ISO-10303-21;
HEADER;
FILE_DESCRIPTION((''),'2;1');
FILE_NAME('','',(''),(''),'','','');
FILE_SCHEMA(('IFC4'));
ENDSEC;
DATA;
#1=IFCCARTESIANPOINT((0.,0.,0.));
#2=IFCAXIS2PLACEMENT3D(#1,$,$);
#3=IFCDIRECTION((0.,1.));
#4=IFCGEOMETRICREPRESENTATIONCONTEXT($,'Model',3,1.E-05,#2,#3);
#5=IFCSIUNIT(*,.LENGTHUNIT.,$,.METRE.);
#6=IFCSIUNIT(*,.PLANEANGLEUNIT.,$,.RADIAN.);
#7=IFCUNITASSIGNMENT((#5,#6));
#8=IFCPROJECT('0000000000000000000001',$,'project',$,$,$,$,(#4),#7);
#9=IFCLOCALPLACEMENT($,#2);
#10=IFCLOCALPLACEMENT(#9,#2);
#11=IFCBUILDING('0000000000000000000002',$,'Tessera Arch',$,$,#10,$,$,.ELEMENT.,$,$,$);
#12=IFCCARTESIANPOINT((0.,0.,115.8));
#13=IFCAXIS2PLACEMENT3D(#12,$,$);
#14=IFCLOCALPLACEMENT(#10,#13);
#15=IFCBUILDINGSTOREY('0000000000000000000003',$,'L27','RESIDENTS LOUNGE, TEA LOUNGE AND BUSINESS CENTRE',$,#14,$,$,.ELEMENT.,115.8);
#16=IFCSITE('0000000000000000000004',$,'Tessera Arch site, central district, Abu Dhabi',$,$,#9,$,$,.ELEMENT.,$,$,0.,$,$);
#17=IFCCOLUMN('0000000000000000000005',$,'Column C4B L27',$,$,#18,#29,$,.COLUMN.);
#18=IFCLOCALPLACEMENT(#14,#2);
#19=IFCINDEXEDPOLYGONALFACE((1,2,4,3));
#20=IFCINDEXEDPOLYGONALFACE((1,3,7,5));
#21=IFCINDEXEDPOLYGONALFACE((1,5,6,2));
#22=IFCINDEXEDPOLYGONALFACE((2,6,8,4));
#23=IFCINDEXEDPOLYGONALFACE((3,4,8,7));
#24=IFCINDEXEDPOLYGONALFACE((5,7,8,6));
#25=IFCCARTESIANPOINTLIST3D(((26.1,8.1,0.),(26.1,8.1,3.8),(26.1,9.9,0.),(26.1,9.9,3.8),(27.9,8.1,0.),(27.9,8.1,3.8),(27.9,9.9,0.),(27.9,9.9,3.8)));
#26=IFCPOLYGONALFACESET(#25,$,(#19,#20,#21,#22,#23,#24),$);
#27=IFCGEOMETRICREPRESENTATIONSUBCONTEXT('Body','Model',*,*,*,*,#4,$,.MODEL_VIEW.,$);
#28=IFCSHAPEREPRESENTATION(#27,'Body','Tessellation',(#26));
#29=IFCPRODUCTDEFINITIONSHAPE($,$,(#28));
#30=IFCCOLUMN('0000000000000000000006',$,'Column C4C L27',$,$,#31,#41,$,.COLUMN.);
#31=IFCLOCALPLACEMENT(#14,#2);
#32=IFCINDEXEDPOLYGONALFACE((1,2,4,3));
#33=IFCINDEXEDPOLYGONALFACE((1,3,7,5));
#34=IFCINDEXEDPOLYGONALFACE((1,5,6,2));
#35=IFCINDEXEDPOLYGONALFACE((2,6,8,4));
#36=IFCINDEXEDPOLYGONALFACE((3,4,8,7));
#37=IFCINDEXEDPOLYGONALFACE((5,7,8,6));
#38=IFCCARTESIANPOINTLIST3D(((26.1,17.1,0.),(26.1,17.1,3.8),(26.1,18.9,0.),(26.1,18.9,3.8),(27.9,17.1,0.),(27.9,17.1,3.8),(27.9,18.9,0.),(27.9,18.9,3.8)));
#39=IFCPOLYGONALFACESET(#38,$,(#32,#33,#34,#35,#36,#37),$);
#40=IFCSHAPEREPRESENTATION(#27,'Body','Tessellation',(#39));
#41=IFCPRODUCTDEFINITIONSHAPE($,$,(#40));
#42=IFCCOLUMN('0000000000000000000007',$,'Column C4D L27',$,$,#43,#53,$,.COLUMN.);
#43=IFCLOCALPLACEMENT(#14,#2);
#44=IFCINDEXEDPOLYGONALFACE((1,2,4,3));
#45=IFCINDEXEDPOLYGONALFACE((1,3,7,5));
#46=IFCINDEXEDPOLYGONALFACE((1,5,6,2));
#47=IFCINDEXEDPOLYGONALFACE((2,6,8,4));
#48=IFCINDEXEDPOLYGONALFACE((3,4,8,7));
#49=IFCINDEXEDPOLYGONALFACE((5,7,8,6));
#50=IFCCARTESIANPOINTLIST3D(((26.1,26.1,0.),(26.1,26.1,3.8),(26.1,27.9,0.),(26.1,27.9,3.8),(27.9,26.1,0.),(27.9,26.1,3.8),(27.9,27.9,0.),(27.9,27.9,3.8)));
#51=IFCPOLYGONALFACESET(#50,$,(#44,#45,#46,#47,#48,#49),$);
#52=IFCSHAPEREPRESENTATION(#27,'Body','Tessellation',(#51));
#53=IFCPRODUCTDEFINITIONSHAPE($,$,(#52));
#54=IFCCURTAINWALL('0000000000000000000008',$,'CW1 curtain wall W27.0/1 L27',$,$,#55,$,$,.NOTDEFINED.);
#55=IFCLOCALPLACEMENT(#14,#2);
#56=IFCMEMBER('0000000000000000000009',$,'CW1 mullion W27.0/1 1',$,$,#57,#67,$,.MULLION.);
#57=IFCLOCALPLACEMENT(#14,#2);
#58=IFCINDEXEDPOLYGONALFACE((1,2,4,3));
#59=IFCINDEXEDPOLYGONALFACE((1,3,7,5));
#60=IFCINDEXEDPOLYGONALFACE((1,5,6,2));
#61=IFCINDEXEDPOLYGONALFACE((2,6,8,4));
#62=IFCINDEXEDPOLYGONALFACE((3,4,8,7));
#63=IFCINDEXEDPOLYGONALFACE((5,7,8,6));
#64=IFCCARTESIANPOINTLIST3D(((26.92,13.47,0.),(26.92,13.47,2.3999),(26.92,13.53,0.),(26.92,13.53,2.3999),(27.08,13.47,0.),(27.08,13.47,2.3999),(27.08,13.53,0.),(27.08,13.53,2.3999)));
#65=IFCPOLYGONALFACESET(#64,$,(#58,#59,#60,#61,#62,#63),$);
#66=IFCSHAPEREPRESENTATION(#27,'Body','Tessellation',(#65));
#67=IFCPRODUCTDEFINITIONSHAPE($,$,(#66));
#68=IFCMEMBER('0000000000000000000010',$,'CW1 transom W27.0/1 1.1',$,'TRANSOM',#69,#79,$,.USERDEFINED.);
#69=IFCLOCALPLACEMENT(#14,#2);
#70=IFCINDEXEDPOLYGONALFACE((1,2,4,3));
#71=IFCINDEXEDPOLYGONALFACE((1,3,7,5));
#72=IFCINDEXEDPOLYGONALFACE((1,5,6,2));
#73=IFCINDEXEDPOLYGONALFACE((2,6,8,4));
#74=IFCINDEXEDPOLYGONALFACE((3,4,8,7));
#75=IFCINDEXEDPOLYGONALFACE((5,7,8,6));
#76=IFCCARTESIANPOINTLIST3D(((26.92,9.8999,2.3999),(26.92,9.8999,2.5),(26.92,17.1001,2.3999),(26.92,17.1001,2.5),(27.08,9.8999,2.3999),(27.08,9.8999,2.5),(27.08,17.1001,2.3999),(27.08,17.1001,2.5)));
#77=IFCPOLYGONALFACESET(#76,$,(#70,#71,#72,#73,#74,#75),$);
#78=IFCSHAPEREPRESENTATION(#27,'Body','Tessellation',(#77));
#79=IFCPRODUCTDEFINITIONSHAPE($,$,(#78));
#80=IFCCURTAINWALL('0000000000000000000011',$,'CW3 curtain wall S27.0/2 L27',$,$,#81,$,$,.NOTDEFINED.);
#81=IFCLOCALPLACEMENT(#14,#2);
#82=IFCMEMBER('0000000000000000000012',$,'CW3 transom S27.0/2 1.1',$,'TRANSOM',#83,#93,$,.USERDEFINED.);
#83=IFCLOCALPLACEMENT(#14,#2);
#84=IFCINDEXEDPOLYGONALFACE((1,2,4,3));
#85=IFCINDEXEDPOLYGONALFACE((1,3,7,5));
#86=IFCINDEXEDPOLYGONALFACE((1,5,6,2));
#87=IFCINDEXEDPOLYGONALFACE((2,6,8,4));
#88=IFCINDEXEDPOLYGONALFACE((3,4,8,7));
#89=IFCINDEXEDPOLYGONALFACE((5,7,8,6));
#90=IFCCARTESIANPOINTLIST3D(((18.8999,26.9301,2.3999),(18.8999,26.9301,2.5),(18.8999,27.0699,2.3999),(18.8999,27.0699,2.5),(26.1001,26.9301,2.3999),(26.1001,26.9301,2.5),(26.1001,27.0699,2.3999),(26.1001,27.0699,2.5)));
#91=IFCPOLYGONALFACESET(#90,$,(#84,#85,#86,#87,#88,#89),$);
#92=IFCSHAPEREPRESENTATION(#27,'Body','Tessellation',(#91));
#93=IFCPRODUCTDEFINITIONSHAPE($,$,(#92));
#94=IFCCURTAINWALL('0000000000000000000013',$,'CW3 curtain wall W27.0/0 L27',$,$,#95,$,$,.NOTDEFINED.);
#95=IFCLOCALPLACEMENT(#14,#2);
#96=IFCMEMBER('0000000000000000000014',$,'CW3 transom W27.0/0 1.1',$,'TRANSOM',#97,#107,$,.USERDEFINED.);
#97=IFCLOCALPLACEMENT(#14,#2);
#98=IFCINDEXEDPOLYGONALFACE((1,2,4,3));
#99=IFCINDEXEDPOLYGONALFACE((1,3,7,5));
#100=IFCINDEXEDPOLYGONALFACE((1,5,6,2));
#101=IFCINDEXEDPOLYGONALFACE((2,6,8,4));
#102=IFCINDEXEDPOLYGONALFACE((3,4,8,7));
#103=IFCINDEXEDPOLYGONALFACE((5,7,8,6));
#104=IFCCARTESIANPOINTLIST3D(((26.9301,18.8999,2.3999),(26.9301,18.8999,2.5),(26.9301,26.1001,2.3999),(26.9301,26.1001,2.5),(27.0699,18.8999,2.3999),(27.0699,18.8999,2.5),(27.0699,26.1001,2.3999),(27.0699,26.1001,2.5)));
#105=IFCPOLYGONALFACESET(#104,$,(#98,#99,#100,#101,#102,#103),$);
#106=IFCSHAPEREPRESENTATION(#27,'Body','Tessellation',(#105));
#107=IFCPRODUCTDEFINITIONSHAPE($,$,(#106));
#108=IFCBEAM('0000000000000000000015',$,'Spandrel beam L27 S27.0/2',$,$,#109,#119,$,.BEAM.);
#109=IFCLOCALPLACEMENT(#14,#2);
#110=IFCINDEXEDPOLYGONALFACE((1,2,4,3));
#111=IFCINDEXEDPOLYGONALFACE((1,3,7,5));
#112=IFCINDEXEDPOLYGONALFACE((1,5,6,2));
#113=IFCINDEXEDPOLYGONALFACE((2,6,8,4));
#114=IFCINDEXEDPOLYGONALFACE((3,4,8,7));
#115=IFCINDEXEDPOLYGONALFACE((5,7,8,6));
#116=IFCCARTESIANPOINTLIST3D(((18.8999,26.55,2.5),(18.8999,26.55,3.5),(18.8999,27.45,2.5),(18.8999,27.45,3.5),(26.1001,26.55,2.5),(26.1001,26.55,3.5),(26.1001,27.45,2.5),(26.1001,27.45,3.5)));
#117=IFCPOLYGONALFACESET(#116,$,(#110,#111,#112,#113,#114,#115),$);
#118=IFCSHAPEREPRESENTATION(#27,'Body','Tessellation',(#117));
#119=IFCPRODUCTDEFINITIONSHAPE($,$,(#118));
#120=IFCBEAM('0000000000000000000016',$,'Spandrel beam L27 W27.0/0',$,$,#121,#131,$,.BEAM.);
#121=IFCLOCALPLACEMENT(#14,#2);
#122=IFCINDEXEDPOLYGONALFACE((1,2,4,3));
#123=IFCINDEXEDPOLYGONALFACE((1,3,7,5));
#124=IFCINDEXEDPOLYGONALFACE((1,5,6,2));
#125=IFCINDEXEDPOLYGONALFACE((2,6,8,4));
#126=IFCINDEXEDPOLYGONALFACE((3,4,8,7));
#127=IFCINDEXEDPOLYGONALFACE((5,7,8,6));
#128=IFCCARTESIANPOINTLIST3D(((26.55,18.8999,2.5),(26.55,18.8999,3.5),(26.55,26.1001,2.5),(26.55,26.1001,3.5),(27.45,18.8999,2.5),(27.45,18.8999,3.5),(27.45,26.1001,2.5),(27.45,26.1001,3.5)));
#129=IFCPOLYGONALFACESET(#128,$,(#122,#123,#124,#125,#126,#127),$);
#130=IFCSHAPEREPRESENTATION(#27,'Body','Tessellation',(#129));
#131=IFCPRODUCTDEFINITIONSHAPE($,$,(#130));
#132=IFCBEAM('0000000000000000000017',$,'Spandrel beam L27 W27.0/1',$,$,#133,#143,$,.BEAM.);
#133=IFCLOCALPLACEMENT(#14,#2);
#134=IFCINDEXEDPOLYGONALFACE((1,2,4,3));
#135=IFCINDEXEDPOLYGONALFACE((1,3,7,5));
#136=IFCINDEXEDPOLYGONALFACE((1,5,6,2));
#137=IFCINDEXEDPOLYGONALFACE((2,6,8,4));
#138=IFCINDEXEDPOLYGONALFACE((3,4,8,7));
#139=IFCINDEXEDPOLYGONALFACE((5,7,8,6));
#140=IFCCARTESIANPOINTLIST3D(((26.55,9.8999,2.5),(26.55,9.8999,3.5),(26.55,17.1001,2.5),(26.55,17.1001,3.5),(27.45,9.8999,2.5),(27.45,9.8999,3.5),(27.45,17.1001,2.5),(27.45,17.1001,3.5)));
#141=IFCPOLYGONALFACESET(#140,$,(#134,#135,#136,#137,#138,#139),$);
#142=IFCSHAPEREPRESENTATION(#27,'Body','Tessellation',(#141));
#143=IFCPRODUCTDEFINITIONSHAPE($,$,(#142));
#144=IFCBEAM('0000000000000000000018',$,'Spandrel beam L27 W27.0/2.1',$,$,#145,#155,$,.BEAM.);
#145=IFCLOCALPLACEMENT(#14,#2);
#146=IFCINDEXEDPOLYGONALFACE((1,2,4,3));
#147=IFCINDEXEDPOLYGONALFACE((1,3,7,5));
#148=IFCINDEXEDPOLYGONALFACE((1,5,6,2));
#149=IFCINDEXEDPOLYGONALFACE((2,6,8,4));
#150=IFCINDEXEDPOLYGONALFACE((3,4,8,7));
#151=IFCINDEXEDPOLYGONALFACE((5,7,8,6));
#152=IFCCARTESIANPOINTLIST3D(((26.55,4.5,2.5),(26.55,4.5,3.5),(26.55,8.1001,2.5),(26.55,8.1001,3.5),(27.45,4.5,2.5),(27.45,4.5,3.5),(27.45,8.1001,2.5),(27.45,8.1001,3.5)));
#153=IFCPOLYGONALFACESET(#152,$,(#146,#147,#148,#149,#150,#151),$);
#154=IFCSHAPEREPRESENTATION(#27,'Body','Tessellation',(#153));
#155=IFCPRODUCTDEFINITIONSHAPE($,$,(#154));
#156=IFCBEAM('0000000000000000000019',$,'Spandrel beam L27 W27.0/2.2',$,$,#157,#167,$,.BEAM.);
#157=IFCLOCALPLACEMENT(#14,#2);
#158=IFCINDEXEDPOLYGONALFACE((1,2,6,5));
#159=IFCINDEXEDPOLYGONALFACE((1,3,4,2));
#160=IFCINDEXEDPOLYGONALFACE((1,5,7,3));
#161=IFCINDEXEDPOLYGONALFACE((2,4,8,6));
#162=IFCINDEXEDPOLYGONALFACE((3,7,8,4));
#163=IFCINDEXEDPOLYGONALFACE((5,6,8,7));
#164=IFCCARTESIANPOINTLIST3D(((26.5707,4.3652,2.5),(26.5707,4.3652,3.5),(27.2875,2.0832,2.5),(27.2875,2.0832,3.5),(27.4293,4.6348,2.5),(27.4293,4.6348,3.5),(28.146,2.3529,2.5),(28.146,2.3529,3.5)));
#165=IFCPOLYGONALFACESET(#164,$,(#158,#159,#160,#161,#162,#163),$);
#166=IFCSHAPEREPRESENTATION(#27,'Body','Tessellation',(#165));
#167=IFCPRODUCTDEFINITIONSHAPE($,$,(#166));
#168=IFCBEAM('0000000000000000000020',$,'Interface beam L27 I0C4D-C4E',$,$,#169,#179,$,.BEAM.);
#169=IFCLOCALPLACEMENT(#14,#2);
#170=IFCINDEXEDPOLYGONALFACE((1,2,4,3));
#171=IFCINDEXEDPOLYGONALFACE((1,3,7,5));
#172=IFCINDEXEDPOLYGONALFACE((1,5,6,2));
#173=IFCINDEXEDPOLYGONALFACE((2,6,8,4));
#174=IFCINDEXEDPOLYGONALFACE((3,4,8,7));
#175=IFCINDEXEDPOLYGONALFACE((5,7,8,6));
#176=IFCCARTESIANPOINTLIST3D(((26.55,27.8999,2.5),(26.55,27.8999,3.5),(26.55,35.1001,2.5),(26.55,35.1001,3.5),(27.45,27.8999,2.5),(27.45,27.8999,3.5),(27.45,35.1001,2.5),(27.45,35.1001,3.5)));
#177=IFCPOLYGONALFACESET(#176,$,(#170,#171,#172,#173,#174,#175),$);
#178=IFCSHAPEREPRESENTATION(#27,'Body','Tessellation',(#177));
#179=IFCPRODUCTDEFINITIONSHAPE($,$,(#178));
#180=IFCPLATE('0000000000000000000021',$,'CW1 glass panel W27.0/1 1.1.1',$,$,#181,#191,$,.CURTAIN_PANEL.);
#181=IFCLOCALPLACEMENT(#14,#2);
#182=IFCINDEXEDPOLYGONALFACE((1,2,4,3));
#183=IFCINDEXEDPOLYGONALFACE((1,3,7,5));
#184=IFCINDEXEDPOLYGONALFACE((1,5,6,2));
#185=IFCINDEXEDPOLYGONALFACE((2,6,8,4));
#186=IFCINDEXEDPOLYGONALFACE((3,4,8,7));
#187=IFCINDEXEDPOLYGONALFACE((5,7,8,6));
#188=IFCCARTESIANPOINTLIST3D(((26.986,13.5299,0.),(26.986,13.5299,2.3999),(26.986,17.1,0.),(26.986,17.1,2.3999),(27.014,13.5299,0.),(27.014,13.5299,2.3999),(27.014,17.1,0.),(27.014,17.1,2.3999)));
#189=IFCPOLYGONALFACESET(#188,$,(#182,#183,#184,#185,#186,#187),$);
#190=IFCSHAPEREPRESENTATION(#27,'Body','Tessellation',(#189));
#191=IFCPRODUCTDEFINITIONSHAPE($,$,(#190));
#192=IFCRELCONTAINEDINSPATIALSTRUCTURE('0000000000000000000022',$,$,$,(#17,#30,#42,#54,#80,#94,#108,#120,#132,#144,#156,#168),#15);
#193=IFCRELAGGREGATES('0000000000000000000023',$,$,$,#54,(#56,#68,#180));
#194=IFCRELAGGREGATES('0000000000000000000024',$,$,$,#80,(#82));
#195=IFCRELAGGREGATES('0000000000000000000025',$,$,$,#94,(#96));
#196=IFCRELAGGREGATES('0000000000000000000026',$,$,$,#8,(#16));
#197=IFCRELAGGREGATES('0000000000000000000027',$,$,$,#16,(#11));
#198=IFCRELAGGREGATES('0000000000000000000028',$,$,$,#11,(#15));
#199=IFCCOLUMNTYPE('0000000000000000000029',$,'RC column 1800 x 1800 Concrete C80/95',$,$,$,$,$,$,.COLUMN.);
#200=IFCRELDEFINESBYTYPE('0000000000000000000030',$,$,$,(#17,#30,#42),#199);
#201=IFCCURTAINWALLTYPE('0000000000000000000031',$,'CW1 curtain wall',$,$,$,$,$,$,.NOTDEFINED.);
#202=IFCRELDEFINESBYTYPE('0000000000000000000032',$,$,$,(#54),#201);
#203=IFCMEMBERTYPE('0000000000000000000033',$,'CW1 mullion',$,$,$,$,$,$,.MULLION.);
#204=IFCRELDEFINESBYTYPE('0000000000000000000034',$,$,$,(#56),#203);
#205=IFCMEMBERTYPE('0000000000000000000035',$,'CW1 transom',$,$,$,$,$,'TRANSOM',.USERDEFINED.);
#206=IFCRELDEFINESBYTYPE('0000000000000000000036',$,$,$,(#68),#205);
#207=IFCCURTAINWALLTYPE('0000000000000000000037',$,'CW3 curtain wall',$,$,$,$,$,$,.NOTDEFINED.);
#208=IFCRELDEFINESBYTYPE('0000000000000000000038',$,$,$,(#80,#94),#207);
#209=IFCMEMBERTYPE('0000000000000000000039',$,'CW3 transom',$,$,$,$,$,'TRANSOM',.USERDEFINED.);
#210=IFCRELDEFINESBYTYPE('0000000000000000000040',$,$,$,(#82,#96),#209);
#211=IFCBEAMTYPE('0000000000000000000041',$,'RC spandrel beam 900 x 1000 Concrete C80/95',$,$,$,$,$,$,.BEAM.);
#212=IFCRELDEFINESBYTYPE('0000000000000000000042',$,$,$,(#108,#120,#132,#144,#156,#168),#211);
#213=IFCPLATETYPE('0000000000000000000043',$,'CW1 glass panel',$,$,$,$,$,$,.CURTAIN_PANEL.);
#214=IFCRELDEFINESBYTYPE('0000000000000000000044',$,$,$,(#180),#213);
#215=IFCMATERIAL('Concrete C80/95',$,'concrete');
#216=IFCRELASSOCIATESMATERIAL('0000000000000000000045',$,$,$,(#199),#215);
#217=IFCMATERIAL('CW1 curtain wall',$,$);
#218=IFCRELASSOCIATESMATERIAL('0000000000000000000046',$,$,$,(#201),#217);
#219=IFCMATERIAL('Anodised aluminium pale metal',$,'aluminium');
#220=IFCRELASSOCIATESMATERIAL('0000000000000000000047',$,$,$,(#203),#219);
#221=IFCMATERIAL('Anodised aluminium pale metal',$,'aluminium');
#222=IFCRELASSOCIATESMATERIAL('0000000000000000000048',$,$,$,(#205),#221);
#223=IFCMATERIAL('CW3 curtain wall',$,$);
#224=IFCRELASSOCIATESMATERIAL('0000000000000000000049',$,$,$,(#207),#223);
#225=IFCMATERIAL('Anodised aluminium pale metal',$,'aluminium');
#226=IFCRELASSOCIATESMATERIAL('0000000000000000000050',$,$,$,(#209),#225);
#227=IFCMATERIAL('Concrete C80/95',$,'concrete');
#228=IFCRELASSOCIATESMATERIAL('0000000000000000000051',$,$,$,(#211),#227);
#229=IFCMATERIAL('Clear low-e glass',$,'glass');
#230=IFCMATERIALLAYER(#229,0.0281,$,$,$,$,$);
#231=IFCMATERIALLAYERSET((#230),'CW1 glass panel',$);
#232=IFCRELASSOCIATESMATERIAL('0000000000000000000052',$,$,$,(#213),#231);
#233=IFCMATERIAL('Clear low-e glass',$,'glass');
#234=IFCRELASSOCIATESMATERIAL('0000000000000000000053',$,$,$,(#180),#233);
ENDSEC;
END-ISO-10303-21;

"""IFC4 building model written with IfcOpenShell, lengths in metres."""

from ifc_helpers import new_model, si_unit, direction, frame, origin, origin_2d, place, context, subcontext, project, spatial, rectangle, extrude, material, layer, layer_set, material_profile, profile_set, type_object, element, aggregate, save


model = new_model("IFC4")

# Units and contexts
model_context = context("Model", 3, precision=1e-05, world=origin(), true_north=direction((0.0, 1.0)))
body_context = subcontext(model_context, "Body", "Model", "MODEL_VIEW")
ifc_project = project(units=[si_unit("LENGTHUNIT", "METRE"), si_unit("PLANEANGLEUNIT", "RADIAN")], contexts=[model_context])

# Site, building, storey
site_placement = place(None, origin())
site = spatial("IfcSite", under=ifc_project, at=site_placement, Name="Tessera Arch site, central district, Abu Dhabi", CompositionType="ELEMENT", RefElevation=0.0)
building_placement = place(site_placement, origin())
building = spatial("IfcBuilding", under=site, at=building_placement, Name="Tessera Arch", CompositionType="ELEMENT")
storey_placement = place(building_placement, frame((0.0, 0.0, 115.8)))
storey = spatial("IfcBuildingStorey", under=building, at=storey_placement, Name="L27", Description="RESIDENTS LOUNGE, TEA LOUNGE AND BUSINESS CENTRE", CompositionType="ELEMENT", Elevation=115.8)

# Columns
ifc_material_1 = material(Name="Concrete C80/95", Category="concrete")
ifc_material_profile_1 = material_profile(ifc_material_1, rectangle(XDim=1.8, YDim=1.8, at=origin_2d()), Name="RC column 1800 x 1800 Concrete C80/95")
ifc_profile_set_1 = profile_set([ifc_material_profile_1], Name="Concrete C80/95")
column_type = type_object("IfcColumnType", Name="RC column 1800 x 1800 Concrete C80/95", PredefinedType="COLUMN", material=ifc_profile_set_1)
for number, where, z_axis, x_axis, name in (
    (1, (27.0, 9.0, 0.0), (0.0, 0.0, 1.0), (1.0, 0.0, 0.0), "Column C4B L27"),
    (2, (27.0, 18.0, 0.0), (0.0, 0.0, 1.0), (1.0, 0.0, 0.0), "Column C4C L27"),
    (3, (27.0, 27.0, 0.0), (0.0, 0.0, 1.0), (1.0, 0.0, 0.0), "Column C4D L27"),
):
    element("IfcColumn", number, at=place(storey_placement, frame(where, z_axis=z_axis, x_axis=x_axis)), inside=storey, type_object=column_type, Name=name, PredefinedType="COLUMN", context=body_context, shape_type="SweptSolid", body=[
        extrude(rectangle(XDim=1.8, YDim=1.8, at=origin_2d()), origin(), (0.0, 0.0, 1.0), 3.8),
    ])

# Curtain wall, members
ifc_material_2 = material(Name="CW1 curtain wall")
curtain_wall_type_1 = type_object("IfcCurtainWallType", Name="CW1 curtain wall", PredefinedType="NOTDEFINED", material=ifc_material_2)
curtain_wall_1_placement = place(storey_placement, origin())
curtain_wall_1 = element("IfcCurtainWall", 4, at=curtain_wall_1_placement, inside=storey, type_object=curtain_wall_type_1, Name="CW1 curtain wall W27.0/1 L27", PredefinedType="NOTDEFINED")
ifc_material_3 = material(Name="Anodised aluminium pale metal", Category="aluminium")
ifc_material_profile_2 = material_profile(ifc_material_3, rectangle(XDim=0.1599, YDim=0.0601, at=origin_2d()), Name="AL 60x160")
ifc_profile_set_2 = profile_set([ifc_material_profile_2], Name="Anodised aluminium pale metal")
member_type_1 = type_object("IfcMemberType", Name="CW1 mullion", PredefinedType="MULLION", material=ifc_profile_set_2)
member_1_placement = place(storey_placement, frame((27.0, 13.5, 0.0), z_axis=(0.0, 0.0, 1.0), x_axis=(1.0, 0.0, 0.0)))
member_1 = element("IfcMember", 5, at=member_1_placement, type_object=member_type_1, Name="CW1 mullion W27.0/1 1", PredefinedType="MULLION", context=body_context, shape_type="SweptSolid", body=[
    extrude(rectangle(XDim=0.1599, YDim=0.0601, at=origin_2d()), origin(), (0.0, 0.0, 1.0), 2.3999),
])
ifc_material_4 = material(Name="Anodised aluminium pale metal", Category="aluminium")
ifc_material_profile_3 = material_profile(ifc_material_4, rectangle(XDim=0.1599, YDim=0.1001, at=origin_2d()), Name="AL 160x100")
ifc_profile_set_3 = profile_set([ifc_material_profile_3], Name="Anodised aluminium pale metal")
member_type_2 = type_object("IfcMemberType", Name="CW1 transom", ElementType="TRANSOM", PredefinedType="USERDEFINED", material=ifc_profile_set_3)
member_2_placement = place(storey_placement, frame((27.0, 17.1001, 2.45), z_axis=(0.0, -1.0, 0.0), x_axis=(1.0, 0.0, 0.0)))
member_2 = element("IfcMember", 6, at=member_2_placement, type_object=member_type_2, Name="CW1 transom W27.0/1 1.1", ObjectType="TRANSOM", PredefinedType="USERDEFINED", context=body_context, shape_type="SweptSolid", body=[
    extrude(rectangle(XDim=0.1599, YDim=0.1001, at=origin_2d()), origin(), (0.0, 0.0, 1.0), 7.2002),
])

# Curtain walls, members
ifc_material_5 = material(Name="CW3 curtain wall")
curtain_wall_type_2 = type_object("IfcCurtainWallType", Name="CW3 curtain wall", PredefinedType="NOTDEFINED", material=ifc_material_5)
curtain_wall_2_placement = place(storey_placement, origin())
curtain_wall_2 = element("IfcCurtainWall", 7, at=curtain_wall_2_placement, inside=storey, type_object=curtain_wall_type_2, Name="CW3 curtain wall S27.0/2 L27", PredefinedType="NOTDEFINED")
ifc_material_6 = material(Name="Anodised aluminium pale metal", Category="aluminium")
ifc_material_profile_4 = material_profile(ifc_material_6, rectangle(XDim=0.1399, YDim=0.1001, at=origin_2d()), Name="AL 140x100")
ifc_profile_set_4 = profile_set([ifc_material_profile_4], Name="Anodised aluminium pale metal")
member_type_3 = type_object("IfcMemberType", Name="CW3 transom", ElementType="TRANSOM", PredefinedType="USERDEFINED", material=ifc_profile_set_4)
member_3_placement = place(storey_placement, frame((18.8999, 27.0, 2.45), z_axis=(1.0, 0.0, 0.0), x_axis=(0.0, 1.0, 0.0)))
member_3 = element("IfcMember", 8, at=member_3_placement, type_object=member_type_3, Name="CW3 transom S27.0/2 1.1", ObjectType="TRANSOM", PredefinedType="USERDEFINED", context=body_context, shape_type="SweptSolid", body=[
    extrude(rectangle(XDim=0.1399, YDim=0.1001, at=origin_2d()), origin(), (0.0, 0.0, 1.0), 7.2002),
])
curtain_wall_3_placement = place(storey_placement, origin())
curtain_wall_3 = element("IfcCurtainWall", 9, at=curtain_wall_3_placement, inside=storey, type_object=curtain_wall_type_2, Name="CW3 curtain wall W27.0/0 L27", PredefinedType="NOTDEFINED")
member_4_placement = place(storey_placement, frame((27.0, 26.1001, 2.45), z_axis=(0.0, -1.0, 0.0), x_axis=(1.0, 0.0, 0.0)))
member_4 = element("IfcMember", 10, at=member_4_placement, type_object=member_type_3, Name="CW3 transom W27.0/0 1.1", ObjectType="TRANSOM", PredefinedType="USERDEFINED", context=body_context, shape_type="SweptSolid", body=[
    extrude(rectangle(XDim=0.1399, YDim=0.1001, at=origin_2d()), origin(), (0.0, 0.0, 1.0), 7.2002),
])

# Beams
ifc_material_7 = material(Name="Concrete C80/95", Category="concrete")
ifc_material_profile_5 = material_profile(ifc_material_7, rectangle(XDim=0.8999, YDim=1.0, at=origin_2d()), Name="RC spandrel beam 900 x 1000 Concrete C80/95")
ifc_profile_set_5 = profile_set([ifc_material_profile_5], Name="Concrete C80/95")
beam_type = type_object("IfcBeamType", Name="RC spandrel beam 900 x 1000 Concrete C80/95", PredefinedType="BEAM", material=ifc_profile_set_5)
for number, where, z_axis, x_axis, name in (
    (11, (18.8999, 27.0, 3.0), (1.0, 0.0, 0.0), (0.0, 1.0, 0.0), "Spandrel beam L27 S27.0/2"),
    (12, (27.0, 26.1001, 3.0), (0.0, -1.0, 0.0), (1.0, 0.0, 0.0), "Spandrel beam L27 W27.0/0"),
    (13, (27.0, 17.1001, 3.0), (0.0, -1.0, 0.0), (1.0, 0.0, 0.0), "Spandrel beam L27 W27.0/1"),
):
    element("IfcBeam", number, at=place(storey_placement, frame(where, z_axis=z_axis, x_axis=x_axis)), inside=storey, type_object=beam_type, Name=name, PredefinedType="BEAM", context=body_context, shape_type="SweptSolid", body=[
        extrude(rectangle(XDim=0.8999, YDim=1.0, at=origin_2d()), origin(), (0.0, 0.0, 1.0), 7.2002),
    ])
beam_1_placement = place(storey_placement, frame((27.0, 8.1001, 3.0), z_axis=(0.0, -1.0, 0.0), x_axis=(1.0, 0.0, 0.0)))
element("IfcBeam", 14, at=beam_1_placement, inside=storey, type_object=beam_type, Name="Spandrel beam L27 W27.0/2.1", PredefinedType="BEAM", context=body_context, shape_type="SweptSolid", body=[
    extrude(rectangle(XDim=0.8999, YDim=1.0, at=origin_2d()), origin(), (0.0, 0.0, 1.0), 3.6001),
])
beam_2_placement = place(storey_placement, frame((27.0, 4.5, 3.0), z_axis=(0.299675, -0.954041, 0.0), x_axis=(0.954041, 0.299675, 0.0)))
element("IfcBeam", 15, at=beam_2_placement, inside=storey, type_object=beam_type, Name="Spandrel beam L27 W27.0/2.2", PredefinedType="BEAM", context=body_context, shape_type="SweptSolid", body=[
    extrude(rectangle(XDim=0.8999, YDim=1.0, at=origin_2d()), origin(), (0.0, 0.0, 1.0), 2.3918),
])
beam_3_placement = place(storey_placement, frame((27.0, 27.8999, 3.0), z_axis=(0.0, 1.0, 0.0), x_axis=(-1.0, 0.0, 0.0)))
element("IfcBeam", 16, at=beam_3_placement, inside=storey, type_object=beam_type, Name="Interface beam L27 I0C4D-C4E", PredefinedType="BEAM", context=body_context, shape_type="SweptSolid", body=[
    extrude(rectangle(XDim=0.8999, YDim=1.0, at=origin_2d()), origin(), (0.0, 0.0, 1.0), 7.2002),
])

# Plate
ifc_material_8 = material(Name="Clear low-e glass", Category="glass")
ifc_material_9 = material(Name="Clear low-e glass", Category="glass")
ifc_layer_1 = layer(ifc_material_9, 0.0281)
ifc_layer_set_1 = layer_set([ifc_layer_1], Name="CW1 glass panel")
plate_type_1 = type_object("IfcPlateType", Name="CW1 glass panel", PredefinedType="CURTAIN_PANEL", material=ifc_layer_set_1)
plate_1_placement = place(storey_placement, frame((27.0, 15.3149, 0.0), z_axis=(0.0, 0.0, 1.0), x_axis=(0.0, -1.0, 0.0)))
plate_1 = element("IfcPlate", 17, at=plate_1_placement, type_object=plate_type_1, material=ifc_material_8, Name="CW1 glass panel W27.0/1 1.1.1", PredefinedType="CURTAIN_PANEL", context=body_context, shape_type="SweptSolid", body=[
    extrude(rectangle(XDim=3.5701, YDim=0.0281, at=origin_2d()), origin(), (0.0, 0.0, 1.0), 2.3999),
])
aggregate(curtain_wall_1, [member_1, member_2, plate_1])
aggregate(curtain_wall_2, [member_3])
aggregate(curtain_wall_3, [member_4])

save(model, "model.ifc")
